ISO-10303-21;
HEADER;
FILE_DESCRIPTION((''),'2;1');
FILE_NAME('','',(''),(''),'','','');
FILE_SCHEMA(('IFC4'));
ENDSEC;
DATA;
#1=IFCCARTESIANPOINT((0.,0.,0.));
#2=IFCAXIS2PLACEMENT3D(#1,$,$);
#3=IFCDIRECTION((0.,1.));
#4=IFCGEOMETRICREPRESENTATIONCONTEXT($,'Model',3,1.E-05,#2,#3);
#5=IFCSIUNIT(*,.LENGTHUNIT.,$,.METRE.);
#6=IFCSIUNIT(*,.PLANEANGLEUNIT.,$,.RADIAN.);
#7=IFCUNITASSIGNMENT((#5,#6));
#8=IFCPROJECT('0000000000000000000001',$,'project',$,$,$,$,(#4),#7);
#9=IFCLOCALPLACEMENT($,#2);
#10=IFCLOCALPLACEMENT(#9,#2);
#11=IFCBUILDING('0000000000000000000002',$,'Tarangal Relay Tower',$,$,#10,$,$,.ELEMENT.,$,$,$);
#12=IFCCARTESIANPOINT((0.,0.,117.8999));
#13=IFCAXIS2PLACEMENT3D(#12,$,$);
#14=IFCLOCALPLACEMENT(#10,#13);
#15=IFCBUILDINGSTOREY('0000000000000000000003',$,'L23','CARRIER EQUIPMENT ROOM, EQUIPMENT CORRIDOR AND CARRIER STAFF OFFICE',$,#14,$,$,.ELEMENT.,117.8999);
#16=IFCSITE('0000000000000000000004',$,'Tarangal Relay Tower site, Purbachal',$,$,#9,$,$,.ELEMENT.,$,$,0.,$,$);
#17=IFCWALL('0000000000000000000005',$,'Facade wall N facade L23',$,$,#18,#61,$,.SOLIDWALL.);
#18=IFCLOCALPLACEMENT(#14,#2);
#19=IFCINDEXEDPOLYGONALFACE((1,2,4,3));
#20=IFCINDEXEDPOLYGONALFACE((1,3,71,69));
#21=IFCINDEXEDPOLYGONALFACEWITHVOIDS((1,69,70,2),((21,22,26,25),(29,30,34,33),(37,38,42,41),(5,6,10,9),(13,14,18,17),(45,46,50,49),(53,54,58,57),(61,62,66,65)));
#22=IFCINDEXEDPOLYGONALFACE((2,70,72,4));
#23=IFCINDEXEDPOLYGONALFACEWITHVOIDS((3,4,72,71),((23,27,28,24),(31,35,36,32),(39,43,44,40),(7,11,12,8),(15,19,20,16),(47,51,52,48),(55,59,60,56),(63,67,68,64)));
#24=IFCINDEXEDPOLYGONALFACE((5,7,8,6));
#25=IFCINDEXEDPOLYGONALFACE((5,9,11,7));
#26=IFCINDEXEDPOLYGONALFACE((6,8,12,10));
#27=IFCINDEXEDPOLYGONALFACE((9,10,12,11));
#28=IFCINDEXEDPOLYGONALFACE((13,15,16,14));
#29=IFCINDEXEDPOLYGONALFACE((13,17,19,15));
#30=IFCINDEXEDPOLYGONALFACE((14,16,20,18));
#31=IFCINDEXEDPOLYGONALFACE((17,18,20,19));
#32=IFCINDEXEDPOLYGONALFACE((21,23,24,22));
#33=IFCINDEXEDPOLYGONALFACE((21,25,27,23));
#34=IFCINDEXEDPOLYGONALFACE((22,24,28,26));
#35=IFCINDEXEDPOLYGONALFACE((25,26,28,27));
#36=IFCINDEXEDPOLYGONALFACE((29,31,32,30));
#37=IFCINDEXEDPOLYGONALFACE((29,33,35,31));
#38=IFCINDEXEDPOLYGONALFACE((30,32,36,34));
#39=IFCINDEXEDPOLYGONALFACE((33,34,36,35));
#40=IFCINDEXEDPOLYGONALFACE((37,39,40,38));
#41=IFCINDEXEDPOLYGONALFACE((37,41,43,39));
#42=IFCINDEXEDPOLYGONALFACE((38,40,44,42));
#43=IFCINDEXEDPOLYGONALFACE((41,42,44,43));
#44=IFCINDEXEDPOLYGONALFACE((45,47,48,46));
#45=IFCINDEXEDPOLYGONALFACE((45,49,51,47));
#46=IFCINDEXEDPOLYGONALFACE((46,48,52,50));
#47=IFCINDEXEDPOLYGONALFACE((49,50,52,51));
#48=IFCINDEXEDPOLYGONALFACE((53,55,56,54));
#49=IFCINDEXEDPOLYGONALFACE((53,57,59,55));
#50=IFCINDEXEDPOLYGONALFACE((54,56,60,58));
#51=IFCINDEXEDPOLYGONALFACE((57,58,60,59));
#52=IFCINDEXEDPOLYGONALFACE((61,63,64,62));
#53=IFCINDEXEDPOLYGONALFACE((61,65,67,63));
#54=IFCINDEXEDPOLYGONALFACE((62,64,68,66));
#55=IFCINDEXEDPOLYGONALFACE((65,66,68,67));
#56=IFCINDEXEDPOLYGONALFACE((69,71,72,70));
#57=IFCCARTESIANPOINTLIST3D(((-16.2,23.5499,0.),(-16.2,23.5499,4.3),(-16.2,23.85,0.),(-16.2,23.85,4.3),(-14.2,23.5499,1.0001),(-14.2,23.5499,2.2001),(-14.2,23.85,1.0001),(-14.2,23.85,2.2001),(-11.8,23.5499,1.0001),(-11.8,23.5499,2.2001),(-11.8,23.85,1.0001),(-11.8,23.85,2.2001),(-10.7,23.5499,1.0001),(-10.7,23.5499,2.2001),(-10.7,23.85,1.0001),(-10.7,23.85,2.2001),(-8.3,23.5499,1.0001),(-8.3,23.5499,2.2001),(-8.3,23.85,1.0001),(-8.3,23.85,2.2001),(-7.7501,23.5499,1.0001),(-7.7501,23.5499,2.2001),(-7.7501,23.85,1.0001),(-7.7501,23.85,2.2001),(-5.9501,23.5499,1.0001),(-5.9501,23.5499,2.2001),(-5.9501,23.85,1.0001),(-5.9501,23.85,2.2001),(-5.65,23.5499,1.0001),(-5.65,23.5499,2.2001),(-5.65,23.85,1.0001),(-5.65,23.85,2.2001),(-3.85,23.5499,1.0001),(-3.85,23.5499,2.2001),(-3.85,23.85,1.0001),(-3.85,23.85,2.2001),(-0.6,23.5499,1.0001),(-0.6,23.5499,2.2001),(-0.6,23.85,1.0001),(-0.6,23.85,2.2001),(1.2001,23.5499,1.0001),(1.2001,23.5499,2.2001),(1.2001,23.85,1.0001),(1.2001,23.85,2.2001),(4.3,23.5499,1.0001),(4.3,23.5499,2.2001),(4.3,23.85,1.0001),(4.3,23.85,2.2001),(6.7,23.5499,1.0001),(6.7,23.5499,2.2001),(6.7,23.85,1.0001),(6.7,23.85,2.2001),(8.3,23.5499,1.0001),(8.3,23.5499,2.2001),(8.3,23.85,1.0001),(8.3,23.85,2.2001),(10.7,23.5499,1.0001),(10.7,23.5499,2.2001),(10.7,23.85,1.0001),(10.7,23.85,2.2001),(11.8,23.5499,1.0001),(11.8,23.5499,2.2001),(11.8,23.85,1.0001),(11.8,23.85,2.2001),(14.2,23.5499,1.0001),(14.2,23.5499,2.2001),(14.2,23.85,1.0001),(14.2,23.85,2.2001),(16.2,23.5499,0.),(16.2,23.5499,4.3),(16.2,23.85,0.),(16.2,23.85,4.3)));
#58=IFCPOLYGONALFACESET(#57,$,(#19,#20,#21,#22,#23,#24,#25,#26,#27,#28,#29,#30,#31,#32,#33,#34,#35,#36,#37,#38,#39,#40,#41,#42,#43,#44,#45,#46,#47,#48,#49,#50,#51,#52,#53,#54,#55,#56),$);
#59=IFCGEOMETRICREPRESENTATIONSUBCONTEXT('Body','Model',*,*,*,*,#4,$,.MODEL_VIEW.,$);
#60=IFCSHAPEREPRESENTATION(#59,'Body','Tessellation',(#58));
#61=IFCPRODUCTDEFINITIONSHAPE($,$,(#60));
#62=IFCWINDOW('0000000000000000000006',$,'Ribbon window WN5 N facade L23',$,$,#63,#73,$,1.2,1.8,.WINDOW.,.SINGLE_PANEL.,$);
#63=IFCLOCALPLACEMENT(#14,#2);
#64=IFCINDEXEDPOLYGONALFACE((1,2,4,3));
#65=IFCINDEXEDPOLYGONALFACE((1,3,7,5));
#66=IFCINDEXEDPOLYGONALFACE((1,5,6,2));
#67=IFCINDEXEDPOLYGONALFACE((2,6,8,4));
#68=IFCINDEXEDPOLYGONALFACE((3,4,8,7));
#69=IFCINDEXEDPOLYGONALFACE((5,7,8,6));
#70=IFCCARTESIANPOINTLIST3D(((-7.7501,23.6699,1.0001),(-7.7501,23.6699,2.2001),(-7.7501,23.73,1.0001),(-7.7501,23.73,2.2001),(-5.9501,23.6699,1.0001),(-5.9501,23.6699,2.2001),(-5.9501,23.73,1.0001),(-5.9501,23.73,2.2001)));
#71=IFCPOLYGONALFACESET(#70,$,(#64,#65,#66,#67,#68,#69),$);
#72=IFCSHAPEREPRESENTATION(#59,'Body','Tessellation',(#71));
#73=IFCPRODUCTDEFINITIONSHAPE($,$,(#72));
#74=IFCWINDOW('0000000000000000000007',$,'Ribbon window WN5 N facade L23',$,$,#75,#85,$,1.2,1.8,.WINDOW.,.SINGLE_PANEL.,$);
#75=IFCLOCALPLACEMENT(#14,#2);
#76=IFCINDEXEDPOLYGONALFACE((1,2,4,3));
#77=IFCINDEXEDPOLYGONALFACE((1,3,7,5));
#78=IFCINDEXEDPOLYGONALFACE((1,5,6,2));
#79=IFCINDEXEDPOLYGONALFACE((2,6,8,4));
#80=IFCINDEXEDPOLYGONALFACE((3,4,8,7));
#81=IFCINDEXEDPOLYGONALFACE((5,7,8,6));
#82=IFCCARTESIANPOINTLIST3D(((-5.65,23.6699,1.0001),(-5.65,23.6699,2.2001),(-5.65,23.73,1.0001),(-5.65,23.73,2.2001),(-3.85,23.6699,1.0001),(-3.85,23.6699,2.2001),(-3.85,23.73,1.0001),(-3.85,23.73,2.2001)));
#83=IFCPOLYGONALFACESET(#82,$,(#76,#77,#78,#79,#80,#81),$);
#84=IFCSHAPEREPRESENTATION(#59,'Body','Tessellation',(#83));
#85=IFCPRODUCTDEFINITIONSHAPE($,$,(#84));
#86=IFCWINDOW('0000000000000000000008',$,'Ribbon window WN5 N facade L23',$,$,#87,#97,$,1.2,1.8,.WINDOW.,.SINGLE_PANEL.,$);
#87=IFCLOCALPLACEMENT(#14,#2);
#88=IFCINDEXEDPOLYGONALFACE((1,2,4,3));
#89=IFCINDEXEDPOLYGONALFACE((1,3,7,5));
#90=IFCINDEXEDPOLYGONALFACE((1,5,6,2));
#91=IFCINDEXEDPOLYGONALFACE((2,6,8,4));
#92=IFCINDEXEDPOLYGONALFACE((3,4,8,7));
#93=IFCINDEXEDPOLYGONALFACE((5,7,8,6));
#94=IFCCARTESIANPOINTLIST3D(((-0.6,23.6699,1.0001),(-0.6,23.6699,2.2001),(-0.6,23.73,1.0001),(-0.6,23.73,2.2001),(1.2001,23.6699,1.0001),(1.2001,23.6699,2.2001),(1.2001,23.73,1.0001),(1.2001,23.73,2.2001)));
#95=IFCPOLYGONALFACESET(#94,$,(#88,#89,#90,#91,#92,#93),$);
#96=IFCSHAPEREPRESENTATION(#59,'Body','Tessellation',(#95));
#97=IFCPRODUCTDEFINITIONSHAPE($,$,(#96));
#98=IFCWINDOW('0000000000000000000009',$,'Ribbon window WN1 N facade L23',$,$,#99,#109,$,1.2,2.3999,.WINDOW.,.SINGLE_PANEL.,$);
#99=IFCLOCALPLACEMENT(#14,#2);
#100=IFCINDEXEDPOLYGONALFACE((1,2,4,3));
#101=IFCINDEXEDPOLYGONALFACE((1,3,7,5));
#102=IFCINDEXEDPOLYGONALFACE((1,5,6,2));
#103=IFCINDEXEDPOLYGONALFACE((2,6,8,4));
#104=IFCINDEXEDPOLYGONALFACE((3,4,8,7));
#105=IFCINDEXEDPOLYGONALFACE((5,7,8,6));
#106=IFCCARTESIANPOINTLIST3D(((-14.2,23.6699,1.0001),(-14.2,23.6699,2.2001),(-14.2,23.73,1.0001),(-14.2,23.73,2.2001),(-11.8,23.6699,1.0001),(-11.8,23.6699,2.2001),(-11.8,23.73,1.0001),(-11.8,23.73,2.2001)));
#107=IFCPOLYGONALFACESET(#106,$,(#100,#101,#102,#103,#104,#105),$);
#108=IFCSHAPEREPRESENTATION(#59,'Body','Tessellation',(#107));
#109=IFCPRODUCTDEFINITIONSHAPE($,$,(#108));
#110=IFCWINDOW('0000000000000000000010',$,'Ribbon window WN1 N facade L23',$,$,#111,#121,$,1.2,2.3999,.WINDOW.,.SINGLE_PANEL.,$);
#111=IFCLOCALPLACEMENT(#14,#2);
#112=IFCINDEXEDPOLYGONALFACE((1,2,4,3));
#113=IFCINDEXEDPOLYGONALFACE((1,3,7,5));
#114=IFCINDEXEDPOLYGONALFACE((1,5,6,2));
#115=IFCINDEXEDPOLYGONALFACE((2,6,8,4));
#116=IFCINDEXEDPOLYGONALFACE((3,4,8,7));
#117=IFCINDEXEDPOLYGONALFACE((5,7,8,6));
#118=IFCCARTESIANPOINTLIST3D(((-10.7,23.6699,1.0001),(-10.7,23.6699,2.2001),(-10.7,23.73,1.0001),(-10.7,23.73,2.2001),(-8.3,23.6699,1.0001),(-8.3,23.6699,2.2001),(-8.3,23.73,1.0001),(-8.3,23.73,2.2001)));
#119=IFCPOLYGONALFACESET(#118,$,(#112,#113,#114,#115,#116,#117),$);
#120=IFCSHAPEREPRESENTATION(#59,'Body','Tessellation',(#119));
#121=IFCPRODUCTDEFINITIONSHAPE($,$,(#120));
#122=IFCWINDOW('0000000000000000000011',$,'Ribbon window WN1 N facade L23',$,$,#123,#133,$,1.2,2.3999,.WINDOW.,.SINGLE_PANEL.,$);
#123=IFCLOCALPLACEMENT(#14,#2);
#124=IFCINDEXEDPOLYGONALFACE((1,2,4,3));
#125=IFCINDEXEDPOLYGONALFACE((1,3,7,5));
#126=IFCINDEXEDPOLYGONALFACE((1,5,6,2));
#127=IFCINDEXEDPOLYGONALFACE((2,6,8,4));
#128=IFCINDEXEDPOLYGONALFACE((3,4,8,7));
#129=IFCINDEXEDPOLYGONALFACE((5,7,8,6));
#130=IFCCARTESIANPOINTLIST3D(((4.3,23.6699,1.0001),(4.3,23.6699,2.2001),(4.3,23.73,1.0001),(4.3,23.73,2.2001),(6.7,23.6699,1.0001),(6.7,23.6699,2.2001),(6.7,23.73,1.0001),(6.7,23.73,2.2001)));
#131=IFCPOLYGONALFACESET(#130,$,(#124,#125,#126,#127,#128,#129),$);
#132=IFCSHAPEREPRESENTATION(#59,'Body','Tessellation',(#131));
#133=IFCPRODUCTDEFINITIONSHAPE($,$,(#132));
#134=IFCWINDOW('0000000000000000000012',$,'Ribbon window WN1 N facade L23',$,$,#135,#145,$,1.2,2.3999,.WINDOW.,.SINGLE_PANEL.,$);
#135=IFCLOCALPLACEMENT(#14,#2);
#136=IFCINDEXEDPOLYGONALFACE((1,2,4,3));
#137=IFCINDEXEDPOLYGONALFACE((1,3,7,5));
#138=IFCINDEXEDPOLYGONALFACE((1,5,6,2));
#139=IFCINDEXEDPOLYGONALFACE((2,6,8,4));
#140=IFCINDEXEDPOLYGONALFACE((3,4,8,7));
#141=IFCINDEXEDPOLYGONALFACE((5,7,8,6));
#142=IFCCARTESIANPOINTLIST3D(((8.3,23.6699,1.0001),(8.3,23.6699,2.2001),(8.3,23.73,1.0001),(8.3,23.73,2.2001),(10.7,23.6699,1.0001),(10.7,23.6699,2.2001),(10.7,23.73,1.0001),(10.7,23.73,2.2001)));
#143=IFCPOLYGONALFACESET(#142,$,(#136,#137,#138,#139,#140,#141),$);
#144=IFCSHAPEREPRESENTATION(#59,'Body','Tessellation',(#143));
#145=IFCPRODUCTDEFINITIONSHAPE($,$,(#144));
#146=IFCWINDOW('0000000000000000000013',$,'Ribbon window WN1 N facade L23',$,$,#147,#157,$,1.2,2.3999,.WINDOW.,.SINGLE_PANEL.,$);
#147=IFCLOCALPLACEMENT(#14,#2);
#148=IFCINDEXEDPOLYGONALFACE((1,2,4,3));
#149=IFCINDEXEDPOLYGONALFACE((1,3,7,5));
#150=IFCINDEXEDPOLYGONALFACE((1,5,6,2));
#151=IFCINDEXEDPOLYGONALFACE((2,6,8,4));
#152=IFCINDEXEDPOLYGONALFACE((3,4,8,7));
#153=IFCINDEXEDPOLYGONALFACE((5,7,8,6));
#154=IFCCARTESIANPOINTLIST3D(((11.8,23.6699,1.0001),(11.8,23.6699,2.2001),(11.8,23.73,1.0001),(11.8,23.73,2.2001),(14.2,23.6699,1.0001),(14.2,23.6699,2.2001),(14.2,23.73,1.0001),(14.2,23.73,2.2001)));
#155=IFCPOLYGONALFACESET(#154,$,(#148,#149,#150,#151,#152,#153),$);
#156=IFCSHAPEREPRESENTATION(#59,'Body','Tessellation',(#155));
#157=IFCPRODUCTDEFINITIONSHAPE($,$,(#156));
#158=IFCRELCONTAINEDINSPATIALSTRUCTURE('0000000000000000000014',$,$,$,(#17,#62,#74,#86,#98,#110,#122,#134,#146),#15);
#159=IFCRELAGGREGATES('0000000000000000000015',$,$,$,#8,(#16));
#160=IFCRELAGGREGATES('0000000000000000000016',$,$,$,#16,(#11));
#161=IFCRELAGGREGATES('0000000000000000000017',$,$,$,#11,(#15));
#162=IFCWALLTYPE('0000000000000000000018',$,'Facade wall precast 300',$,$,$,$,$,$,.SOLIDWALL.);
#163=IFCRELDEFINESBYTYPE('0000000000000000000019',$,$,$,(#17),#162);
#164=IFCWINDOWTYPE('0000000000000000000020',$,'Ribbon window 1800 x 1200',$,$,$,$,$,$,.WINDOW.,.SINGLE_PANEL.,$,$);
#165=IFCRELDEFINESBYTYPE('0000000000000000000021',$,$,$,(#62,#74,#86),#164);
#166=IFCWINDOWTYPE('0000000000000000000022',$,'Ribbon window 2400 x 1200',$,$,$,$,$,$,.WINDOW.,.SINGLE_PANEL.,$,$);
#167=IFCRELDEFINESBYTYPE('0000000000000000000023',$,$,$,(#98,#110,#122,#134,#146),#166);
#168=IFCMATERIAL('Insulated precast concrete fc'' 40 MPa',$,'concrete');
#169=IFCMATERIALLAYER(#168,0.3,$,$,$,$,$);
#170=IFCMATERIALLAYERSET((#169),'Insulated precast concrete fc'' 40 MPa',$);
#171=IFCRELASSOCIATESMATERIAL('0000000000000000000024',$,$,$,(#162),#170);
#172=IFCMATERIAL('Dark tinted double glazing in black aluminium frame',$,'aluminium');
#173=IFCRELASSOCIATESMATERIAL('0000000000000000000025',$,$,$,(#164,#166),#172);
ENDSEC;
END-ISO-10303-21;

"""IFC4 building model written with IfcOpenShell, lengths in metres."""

from ifc_helpers import new_model, si_unit, direction, frame, frame_2d, origin, place, context, subcontext, project, spatial, rectangle, extrude, material, layer, layer_set, type_object, element, fill, save


model = new_model("IFC4")

# Units and contexts
model_context = context("Model", 3, precision=1e-05, world=origin(), true_north=direction((0.0, 1.0)))
body_context = subcontext(model_context, "Body", "Model", "MODEL_VIEW")
ifc_project = project(units=[si_unit("LENGTHUNIT", "METRE"), si_unit("PLANEANGLEUNIT", "RADIAN")], contexts=[model_context])

# Site, building, storey
site_placement = place(None, origin())
site = spatial("IfcSite", under=ifc_project, at=site_placement, Name="Tarangal Relay Tower site, Purbachal", CompositionType="ELEMENT", RefElevation=0.0)
building_placement = place(site_placement, origin())
building = spatial("IfcBuilding", under=site, at=building_placement, Name="Tarangal Relay Tower", CompositionType="ELEMENT")
storey_placement = place(building_placement, frame((0.0, 0.0, 117.8999)))
storey = spatial("IfcBuildingStorey", under=building, at=storey_placement, Name="L23", Description="CARRIER EQUIPMENT ROOM, EQUIPMENT CORRIDOR AND CARRIER STAFF OFFICE", CompositionType="ELEMENT", Elevation=117.8999)

# Wall, openings, windows
ifc_material_1 = material(Name="Insulated precast concrete fc' 40 MPa", Category="concrete")
ifc_layer_1 = layer(ifc_material_1, 0.3)
ifc_layer_set_1 = layer_set([ifc_layer_1], Name="Insulated precast concrete fc' 40 MPa")
wall_type_1 = type_object("IfcWallType", Name="Facade wall precast 300", PredefinedType="SOLIDWALL", material=ifc_layer_set_1)
wall_1_placement = place(storey_placement, frame((-16.2, 23.7, 0.0), z_axis=(0.0, 0.0, 1.0), x_axis=(1.0, 0.0, 0.0)))
wall_1 = element("IfcWall", 1, at=wall_1_placement, inside=storey, type_object=wall_type_1, Name="Facade wall N facade L23", PredefinedType="SOLIDWALL", context=body_context, shape_type="SweptSolid", body=[
    extrude(rectangle(XDim=32.3999, YDim=0.3, at=frame_2d((16.2, 0.0))), origin(), (0.0, 0.0, 1.0), 4.3),
])
opening_1_placement = place(wall_1_placement, frame((2.0, 0.0, 1.0)))
opening_1 = element("IfcOpeningElement", 2, at=opening_1_placement, cuts=wall_1, PredefinedType="OPENING", context=body_context, shape_type="SweptSolid", body=[
    extrude(rectangle(XDim=2.3999, YDim=1.2, at=frame_2d((1.2, 0.6001))), frame((0.0, 0.1599, 0.0), z_axis=(0.0, -1.0, 0.0), x_axis=(1.0, 0.0, 0.0)), (0.0, 0.0, 1.0), 0.3201),
])
opening_2_placement = place(wall_1_placement, frame((5.5, 0.0, 1.0)))
opening_2 = element("IfcOpeningElement", 3, at=opening_2_placement, cuts=wall_1, PredefinedType="OPENING", context=body_context, shape_type="SweptSolid", body=[
    extrude(rectangle(XDim=2.3999, YDim=1.2, at=frame_2d((1.2, 0.6001))), frame((0.0, 0.1599, 0.0), z_axis=(0.0, -1.0, 0.0), x_axis=(1.0, 0.0, 0.0)), (0.0, 0.0, 1.0), 0.3201),
])
opening_3_placement = place(wall_1_placement, frame((8.45, 0.0, 1.0)))
opening_3 = element("IfcOpeningElement", 4, at=opening_3_placement, cuts=wall_1, PredefinedType="OPENING", context=body_context, shape_type="SweptSolid", body=[
    extrude(rectangle(XDim=1.8, YDim=1.2, at=frame_2d((0.8999, 0.6001))), frame((0.0, 0.1599, 0.0), z_axis=(0.0, -1.0, 0.0), x_axis=(1.0, 0.0, 0.0)), (0.0, 0.0, 1.0), 0.3201),
])
opening_4_placement = place(wall_1_placement, frame((10.55, 0.0, 1.0)))
opening_4 = element("IfcOpeningElement", 5, at=opening_4_placement, cuts=wall_1, PredefinedType="OPENING", context=body_context, shape_type="SweptSolid", body=[
    extrude(rectangle(XDim=1.8, YDim=1.2, at=frame_2d((0.8999, 0.6001))), frame((0.0, 0.1599, 0.0), z_axis=(0.0, -1.0, 0.0), x_axis=(1.0, 0.0, 0.0)), (0.0, 0.0, 1.0), 0.3201),
])
opening_5_placement = place(wall_1_placement, frame((15.6001, 0.0, 1.0)))
opening_5 = element("IfcOpeningElement", 6, at=opening_5_placement, cuts=wall_1, PredefinedType="OPENING", context=body_context, shape_type="SweptSolid", body=[
    extrude(rectangle(XDim=1.8, YDim=1.2, at=frame_2d((0.8999, 0.6001))), frame((0.0, 0.1599, 0.0), z_axis=(0.0, -1.0, 0.0), x_axis=(1.0, 0.0, 0.0)), (0.0, 0.0, 1.0), 0.3201),
])
opening_6_placement = place(wall_1_placement, frame((20.5, 0.0, 1.0)))
opening_6 = element("IfcOpeningElement", 7, at=opening_6_placement, cuts=wall_1, PredefinedType="OPENING", context=body_context, shape_type="SweptSolid", body=[
    extrude(rectangle(XDim=2.3999, YDim=1.2, at=frame_2d((1.2, 0.6001))), frame((0.0, 0.1599, 0.0), z_axis=(0.0, -1.0, 0.0), x_axis=(1.0, 0.0, 0.0)), (0.0, 0.0, 1.0), 0.3201),
])
opening_7_placement = place(wall_1_placement, frame((24.5, 0.0, 1.0)))
opening_7 = element("IfcOpeningElement", 8, at=opening_7_placement, cuts=wall_1, PredefinedType="OPENING", context=body_context, shape_type="SweptSolid", body=[
    extrude(rectangle(XDim=2.3999, YDim=1.2, at=frame_2d((1.2, 0.6001))), frame((0.0, 0.1599, 0.0), z_axis=(0.0, -1.0, 0.0), x_axis=(1.0, 0.0, 0.0)), (0.0, 0.0, 1.0), 0.3201),
])
opening_8_placement = place(wall_1_placement, frame((28.0, 0.0, 1.0)))
opening_8 = element("IfcOpeningElement", 9, at=opening_8_placement, cuts=wall_1, PredefinedType="OPENING", context=body_context, shape_type="SweptSolid", body=[
    extrude(rectangle(XDim=2.3999, YDim=1.2, at=frame_2d((1.2, 0.6001))), frame((0.0, 0.1599, 0.0), z_axis=(0.0, -1.0, 0.0), x_axis=(1.0, 0.0, 0.0)), (0.0, 0.0, 1.0), 0.3201),
])
ifc_material_2 = material(Name="Dark tinted double glazing in black aluminium frame", Category="aluminium")
window_type_1 = type_object("IfcWindowType", Name="Ribbon window 1800 x 1200", PartitioningType="SINGLE_PANEL", PredefinedType="WINDOW", material=ifc_material_2)
window_1_placement = place(opening_3_placement, origin())
window_1 = element("IfcWindow", 10, at=window_1_placement, inside=storey, type_object=window_type_1, Name="Ribbon window WN5 N facade L23", OverallHeight=1.2, OverallWidth=1.8, PartitioningType="SINGLE_PANEL", PredefinedType="WINDOW", context=body_context, shape_type="SweptSolid", body=[
    extrude(rectangle(XDim=1.8, YDim=1.2, at=frame_2d((0.8999, 0.6001))), frame((0.0, 0.03, 0.0), z_axis=(0.0, -1.0, 0.0), x_axis=(1.0, 0.0, 0.0)), (0.0, 0.0, 1.0), 0.0601),
])
fill(opening_3, window_1)
window_2_placement = place(opening_4_placement, origin())
window_2 = element("IfcWindow", 11, at=window_2_placement, inside=storey, type_object=window_type_1, Name="Ribbon window WN5 N facade L23", OverallHeight=1.2, OverallWidth=1.8, PartitioningType="SINGLE_PANEL", PredefinedType="WINDOW", context=body_context, shape_type="SweptSolid", body=[
    extrude(rectangle(XDim=1.8, YDim=1.2, at=frame_2d((0.8999, 0.6001))), frame((0.0, 0.03, 0.0), z_axis=(0.0, -1.0, 0.0), x_axis=(1.0, 0.0, 0.0)), (0.0, 0.0, 1.0), 0.0601),
])
fill(opening_4, window_2)
window_3_placement = place(opening_5_placement, origin())
window_3 = element("IfcWindow", 12, at=window_3_placement, inside=storey, type_object=window_type_1, Name="Ribbon window WN5 N facade L23", OverallHeight=1.2, OverallWidth=1.8, PartitioningType="SINGLE_PANEL", PredefinedType="WINDOW", context=body_context, shape_type="SweptSolid", body=[
    extrude(rectangle(XDim=1.8, YDim=1.2, at=frame_2d((0.8999, 0.6001))), frame((0.0, 0.03, 0.0), z_axis=(0.0, -1.0, 0.0), x_axis=(1.0, 0.0, 0.0)), (0.0, 0.0, 1.0), 0.0601),
])
fill(opening_5, window_3)
window_type_2 = type_object("IfcWindowType", Name="Ribbon window 2400 x 1200", PartitioningType="SINGLE_PANEL", PredefinedType="WINDOW", material=ifc_material_2)
window_4_placement = place(opening_1_placement, origin())
window_4 = element("IfcWindow", 13, at=window_4_placement, inside=storey, type_object=window_type_2, Name="Ribbon window WN1 N facade L23", OverallHeight=1.2, OverallWidth=2.3999, PartitioningType="SINGLE_PANEL", PredefinedType="WINDOW", context=body_context, shape_type="SweptSolid", body=[
    extrude(rectangle(XDim=2.3999, YDim=1.2, at=frame_2d((1.2, 0.6001))), frame((0.0, 0.03, 0.0), z_axis=(0.0, -1.0, 0.0), x_axis=(1.0, 0.0, 0.0)), (0.0, 0.0, 1.0), 0.0601),
])
fill(opening_1, window_4)
window_5_placement = place(opening_2_placement, origin())
window_5 = element("IfcWindow", 14, at=window_5_placement, inside=storey, type_object=window_type_2, Name="Ribbon window WN1 N facade L23", OverallHeight=1.2, OverallWidth=2.3999, PartitioningType="SINGLE_PANEL", PredefinedType="WINDOW", context=body_context, shape_type="SweptSolid", body=[
    extrude(rectangle(XDim=2.3999, YDim=1.2, at=frame_2d((1.2, 0.6001))), frame((0.0, 0.03, 0.0), z_axis=(0.0, -1.0, 0.0), x_axis=(1.0, 0.0, 0.0)), (0.0, 0.0, 1.0), 0.0601),
])
fill(opening_2, window_5)
window_6_placement = place(opening_6_placement, origin())
window_6 = element("IfcWindow", 15, at=window_6_placement, inside=storey, type_object=window_type_2, Name="Ribbon window WN1 N facade L23", OverallHeight=1.2, OverallWidth=2.3999, PartitioningType="SINGLE_PANEL", PredefinedType="WINDOW", context=body_context, shape_type="SweptSolid", body=[
    extrude(rectangle(XDim=2.3999, YDim=1.2, at=frame_2d((1.2, 0.6001))), frame((0.0, 0.03, 0.0), z_axis=(0.0, -1.0, 0.0), x_axis=(1.0, 0.0, 0.0)), (0.0, 0.0, 1.0), 0.0601),
])
fill(opening_6, window_6)
window_7_placement = place(opening_7_placement, origin())
window_7 = element("IfcWindow", 16, at=window_7_placement, inside=storey, type_object=window_type_2, Name="Ribbon window WN1 N facade L23", OverallHeight=1.2, OverallWidth=2.3999, PartitioningType="SINGLE_PANEL", PredefinedType="WINDOW", context=body_context, shape_type="SweptSolid", body=[
    extrude(rectangle(XDim=2.3999, YDim=1.2, at=frame_2d((1.2, 0.6001))), frame((0.0, 0.03, 0.0), z_axis=(0.0, -1.0, 0.0), x_axis=(1.0, 0.0, 0.0)), (0.0, 0.0, 1.0), 0.0601),
])
fill(opening_7, window_7)
window_8_placement = place(opening_8_placement, origin())
window_8 = element("IfcWindow", 17, at=window_8_placement, inside=storey, type_object=window_type_2, Name="Ribbon window WN1 N facade L23", OverallHeight=1.2, OverallWidth=2.3999, PartitioningType="SINGLE_PANEL", PredefinedType="WINDOW", context=body_context, shape_type="SweptSolid", body=[
    extrude(rectangle(XDim=2.3999, YDim=1.2, at=frame_2d((1.2, 0.6001))), frame((0.0, 0.03, 0.0), z_axis=(0.0, -1.0, 0.0), x_axis=(1.0, 0.0, 0.0)), (0.0, 0.0, 1.0), 0.0601),
])
fill(opening_8, window_8)

save(model, "model.ifc")
